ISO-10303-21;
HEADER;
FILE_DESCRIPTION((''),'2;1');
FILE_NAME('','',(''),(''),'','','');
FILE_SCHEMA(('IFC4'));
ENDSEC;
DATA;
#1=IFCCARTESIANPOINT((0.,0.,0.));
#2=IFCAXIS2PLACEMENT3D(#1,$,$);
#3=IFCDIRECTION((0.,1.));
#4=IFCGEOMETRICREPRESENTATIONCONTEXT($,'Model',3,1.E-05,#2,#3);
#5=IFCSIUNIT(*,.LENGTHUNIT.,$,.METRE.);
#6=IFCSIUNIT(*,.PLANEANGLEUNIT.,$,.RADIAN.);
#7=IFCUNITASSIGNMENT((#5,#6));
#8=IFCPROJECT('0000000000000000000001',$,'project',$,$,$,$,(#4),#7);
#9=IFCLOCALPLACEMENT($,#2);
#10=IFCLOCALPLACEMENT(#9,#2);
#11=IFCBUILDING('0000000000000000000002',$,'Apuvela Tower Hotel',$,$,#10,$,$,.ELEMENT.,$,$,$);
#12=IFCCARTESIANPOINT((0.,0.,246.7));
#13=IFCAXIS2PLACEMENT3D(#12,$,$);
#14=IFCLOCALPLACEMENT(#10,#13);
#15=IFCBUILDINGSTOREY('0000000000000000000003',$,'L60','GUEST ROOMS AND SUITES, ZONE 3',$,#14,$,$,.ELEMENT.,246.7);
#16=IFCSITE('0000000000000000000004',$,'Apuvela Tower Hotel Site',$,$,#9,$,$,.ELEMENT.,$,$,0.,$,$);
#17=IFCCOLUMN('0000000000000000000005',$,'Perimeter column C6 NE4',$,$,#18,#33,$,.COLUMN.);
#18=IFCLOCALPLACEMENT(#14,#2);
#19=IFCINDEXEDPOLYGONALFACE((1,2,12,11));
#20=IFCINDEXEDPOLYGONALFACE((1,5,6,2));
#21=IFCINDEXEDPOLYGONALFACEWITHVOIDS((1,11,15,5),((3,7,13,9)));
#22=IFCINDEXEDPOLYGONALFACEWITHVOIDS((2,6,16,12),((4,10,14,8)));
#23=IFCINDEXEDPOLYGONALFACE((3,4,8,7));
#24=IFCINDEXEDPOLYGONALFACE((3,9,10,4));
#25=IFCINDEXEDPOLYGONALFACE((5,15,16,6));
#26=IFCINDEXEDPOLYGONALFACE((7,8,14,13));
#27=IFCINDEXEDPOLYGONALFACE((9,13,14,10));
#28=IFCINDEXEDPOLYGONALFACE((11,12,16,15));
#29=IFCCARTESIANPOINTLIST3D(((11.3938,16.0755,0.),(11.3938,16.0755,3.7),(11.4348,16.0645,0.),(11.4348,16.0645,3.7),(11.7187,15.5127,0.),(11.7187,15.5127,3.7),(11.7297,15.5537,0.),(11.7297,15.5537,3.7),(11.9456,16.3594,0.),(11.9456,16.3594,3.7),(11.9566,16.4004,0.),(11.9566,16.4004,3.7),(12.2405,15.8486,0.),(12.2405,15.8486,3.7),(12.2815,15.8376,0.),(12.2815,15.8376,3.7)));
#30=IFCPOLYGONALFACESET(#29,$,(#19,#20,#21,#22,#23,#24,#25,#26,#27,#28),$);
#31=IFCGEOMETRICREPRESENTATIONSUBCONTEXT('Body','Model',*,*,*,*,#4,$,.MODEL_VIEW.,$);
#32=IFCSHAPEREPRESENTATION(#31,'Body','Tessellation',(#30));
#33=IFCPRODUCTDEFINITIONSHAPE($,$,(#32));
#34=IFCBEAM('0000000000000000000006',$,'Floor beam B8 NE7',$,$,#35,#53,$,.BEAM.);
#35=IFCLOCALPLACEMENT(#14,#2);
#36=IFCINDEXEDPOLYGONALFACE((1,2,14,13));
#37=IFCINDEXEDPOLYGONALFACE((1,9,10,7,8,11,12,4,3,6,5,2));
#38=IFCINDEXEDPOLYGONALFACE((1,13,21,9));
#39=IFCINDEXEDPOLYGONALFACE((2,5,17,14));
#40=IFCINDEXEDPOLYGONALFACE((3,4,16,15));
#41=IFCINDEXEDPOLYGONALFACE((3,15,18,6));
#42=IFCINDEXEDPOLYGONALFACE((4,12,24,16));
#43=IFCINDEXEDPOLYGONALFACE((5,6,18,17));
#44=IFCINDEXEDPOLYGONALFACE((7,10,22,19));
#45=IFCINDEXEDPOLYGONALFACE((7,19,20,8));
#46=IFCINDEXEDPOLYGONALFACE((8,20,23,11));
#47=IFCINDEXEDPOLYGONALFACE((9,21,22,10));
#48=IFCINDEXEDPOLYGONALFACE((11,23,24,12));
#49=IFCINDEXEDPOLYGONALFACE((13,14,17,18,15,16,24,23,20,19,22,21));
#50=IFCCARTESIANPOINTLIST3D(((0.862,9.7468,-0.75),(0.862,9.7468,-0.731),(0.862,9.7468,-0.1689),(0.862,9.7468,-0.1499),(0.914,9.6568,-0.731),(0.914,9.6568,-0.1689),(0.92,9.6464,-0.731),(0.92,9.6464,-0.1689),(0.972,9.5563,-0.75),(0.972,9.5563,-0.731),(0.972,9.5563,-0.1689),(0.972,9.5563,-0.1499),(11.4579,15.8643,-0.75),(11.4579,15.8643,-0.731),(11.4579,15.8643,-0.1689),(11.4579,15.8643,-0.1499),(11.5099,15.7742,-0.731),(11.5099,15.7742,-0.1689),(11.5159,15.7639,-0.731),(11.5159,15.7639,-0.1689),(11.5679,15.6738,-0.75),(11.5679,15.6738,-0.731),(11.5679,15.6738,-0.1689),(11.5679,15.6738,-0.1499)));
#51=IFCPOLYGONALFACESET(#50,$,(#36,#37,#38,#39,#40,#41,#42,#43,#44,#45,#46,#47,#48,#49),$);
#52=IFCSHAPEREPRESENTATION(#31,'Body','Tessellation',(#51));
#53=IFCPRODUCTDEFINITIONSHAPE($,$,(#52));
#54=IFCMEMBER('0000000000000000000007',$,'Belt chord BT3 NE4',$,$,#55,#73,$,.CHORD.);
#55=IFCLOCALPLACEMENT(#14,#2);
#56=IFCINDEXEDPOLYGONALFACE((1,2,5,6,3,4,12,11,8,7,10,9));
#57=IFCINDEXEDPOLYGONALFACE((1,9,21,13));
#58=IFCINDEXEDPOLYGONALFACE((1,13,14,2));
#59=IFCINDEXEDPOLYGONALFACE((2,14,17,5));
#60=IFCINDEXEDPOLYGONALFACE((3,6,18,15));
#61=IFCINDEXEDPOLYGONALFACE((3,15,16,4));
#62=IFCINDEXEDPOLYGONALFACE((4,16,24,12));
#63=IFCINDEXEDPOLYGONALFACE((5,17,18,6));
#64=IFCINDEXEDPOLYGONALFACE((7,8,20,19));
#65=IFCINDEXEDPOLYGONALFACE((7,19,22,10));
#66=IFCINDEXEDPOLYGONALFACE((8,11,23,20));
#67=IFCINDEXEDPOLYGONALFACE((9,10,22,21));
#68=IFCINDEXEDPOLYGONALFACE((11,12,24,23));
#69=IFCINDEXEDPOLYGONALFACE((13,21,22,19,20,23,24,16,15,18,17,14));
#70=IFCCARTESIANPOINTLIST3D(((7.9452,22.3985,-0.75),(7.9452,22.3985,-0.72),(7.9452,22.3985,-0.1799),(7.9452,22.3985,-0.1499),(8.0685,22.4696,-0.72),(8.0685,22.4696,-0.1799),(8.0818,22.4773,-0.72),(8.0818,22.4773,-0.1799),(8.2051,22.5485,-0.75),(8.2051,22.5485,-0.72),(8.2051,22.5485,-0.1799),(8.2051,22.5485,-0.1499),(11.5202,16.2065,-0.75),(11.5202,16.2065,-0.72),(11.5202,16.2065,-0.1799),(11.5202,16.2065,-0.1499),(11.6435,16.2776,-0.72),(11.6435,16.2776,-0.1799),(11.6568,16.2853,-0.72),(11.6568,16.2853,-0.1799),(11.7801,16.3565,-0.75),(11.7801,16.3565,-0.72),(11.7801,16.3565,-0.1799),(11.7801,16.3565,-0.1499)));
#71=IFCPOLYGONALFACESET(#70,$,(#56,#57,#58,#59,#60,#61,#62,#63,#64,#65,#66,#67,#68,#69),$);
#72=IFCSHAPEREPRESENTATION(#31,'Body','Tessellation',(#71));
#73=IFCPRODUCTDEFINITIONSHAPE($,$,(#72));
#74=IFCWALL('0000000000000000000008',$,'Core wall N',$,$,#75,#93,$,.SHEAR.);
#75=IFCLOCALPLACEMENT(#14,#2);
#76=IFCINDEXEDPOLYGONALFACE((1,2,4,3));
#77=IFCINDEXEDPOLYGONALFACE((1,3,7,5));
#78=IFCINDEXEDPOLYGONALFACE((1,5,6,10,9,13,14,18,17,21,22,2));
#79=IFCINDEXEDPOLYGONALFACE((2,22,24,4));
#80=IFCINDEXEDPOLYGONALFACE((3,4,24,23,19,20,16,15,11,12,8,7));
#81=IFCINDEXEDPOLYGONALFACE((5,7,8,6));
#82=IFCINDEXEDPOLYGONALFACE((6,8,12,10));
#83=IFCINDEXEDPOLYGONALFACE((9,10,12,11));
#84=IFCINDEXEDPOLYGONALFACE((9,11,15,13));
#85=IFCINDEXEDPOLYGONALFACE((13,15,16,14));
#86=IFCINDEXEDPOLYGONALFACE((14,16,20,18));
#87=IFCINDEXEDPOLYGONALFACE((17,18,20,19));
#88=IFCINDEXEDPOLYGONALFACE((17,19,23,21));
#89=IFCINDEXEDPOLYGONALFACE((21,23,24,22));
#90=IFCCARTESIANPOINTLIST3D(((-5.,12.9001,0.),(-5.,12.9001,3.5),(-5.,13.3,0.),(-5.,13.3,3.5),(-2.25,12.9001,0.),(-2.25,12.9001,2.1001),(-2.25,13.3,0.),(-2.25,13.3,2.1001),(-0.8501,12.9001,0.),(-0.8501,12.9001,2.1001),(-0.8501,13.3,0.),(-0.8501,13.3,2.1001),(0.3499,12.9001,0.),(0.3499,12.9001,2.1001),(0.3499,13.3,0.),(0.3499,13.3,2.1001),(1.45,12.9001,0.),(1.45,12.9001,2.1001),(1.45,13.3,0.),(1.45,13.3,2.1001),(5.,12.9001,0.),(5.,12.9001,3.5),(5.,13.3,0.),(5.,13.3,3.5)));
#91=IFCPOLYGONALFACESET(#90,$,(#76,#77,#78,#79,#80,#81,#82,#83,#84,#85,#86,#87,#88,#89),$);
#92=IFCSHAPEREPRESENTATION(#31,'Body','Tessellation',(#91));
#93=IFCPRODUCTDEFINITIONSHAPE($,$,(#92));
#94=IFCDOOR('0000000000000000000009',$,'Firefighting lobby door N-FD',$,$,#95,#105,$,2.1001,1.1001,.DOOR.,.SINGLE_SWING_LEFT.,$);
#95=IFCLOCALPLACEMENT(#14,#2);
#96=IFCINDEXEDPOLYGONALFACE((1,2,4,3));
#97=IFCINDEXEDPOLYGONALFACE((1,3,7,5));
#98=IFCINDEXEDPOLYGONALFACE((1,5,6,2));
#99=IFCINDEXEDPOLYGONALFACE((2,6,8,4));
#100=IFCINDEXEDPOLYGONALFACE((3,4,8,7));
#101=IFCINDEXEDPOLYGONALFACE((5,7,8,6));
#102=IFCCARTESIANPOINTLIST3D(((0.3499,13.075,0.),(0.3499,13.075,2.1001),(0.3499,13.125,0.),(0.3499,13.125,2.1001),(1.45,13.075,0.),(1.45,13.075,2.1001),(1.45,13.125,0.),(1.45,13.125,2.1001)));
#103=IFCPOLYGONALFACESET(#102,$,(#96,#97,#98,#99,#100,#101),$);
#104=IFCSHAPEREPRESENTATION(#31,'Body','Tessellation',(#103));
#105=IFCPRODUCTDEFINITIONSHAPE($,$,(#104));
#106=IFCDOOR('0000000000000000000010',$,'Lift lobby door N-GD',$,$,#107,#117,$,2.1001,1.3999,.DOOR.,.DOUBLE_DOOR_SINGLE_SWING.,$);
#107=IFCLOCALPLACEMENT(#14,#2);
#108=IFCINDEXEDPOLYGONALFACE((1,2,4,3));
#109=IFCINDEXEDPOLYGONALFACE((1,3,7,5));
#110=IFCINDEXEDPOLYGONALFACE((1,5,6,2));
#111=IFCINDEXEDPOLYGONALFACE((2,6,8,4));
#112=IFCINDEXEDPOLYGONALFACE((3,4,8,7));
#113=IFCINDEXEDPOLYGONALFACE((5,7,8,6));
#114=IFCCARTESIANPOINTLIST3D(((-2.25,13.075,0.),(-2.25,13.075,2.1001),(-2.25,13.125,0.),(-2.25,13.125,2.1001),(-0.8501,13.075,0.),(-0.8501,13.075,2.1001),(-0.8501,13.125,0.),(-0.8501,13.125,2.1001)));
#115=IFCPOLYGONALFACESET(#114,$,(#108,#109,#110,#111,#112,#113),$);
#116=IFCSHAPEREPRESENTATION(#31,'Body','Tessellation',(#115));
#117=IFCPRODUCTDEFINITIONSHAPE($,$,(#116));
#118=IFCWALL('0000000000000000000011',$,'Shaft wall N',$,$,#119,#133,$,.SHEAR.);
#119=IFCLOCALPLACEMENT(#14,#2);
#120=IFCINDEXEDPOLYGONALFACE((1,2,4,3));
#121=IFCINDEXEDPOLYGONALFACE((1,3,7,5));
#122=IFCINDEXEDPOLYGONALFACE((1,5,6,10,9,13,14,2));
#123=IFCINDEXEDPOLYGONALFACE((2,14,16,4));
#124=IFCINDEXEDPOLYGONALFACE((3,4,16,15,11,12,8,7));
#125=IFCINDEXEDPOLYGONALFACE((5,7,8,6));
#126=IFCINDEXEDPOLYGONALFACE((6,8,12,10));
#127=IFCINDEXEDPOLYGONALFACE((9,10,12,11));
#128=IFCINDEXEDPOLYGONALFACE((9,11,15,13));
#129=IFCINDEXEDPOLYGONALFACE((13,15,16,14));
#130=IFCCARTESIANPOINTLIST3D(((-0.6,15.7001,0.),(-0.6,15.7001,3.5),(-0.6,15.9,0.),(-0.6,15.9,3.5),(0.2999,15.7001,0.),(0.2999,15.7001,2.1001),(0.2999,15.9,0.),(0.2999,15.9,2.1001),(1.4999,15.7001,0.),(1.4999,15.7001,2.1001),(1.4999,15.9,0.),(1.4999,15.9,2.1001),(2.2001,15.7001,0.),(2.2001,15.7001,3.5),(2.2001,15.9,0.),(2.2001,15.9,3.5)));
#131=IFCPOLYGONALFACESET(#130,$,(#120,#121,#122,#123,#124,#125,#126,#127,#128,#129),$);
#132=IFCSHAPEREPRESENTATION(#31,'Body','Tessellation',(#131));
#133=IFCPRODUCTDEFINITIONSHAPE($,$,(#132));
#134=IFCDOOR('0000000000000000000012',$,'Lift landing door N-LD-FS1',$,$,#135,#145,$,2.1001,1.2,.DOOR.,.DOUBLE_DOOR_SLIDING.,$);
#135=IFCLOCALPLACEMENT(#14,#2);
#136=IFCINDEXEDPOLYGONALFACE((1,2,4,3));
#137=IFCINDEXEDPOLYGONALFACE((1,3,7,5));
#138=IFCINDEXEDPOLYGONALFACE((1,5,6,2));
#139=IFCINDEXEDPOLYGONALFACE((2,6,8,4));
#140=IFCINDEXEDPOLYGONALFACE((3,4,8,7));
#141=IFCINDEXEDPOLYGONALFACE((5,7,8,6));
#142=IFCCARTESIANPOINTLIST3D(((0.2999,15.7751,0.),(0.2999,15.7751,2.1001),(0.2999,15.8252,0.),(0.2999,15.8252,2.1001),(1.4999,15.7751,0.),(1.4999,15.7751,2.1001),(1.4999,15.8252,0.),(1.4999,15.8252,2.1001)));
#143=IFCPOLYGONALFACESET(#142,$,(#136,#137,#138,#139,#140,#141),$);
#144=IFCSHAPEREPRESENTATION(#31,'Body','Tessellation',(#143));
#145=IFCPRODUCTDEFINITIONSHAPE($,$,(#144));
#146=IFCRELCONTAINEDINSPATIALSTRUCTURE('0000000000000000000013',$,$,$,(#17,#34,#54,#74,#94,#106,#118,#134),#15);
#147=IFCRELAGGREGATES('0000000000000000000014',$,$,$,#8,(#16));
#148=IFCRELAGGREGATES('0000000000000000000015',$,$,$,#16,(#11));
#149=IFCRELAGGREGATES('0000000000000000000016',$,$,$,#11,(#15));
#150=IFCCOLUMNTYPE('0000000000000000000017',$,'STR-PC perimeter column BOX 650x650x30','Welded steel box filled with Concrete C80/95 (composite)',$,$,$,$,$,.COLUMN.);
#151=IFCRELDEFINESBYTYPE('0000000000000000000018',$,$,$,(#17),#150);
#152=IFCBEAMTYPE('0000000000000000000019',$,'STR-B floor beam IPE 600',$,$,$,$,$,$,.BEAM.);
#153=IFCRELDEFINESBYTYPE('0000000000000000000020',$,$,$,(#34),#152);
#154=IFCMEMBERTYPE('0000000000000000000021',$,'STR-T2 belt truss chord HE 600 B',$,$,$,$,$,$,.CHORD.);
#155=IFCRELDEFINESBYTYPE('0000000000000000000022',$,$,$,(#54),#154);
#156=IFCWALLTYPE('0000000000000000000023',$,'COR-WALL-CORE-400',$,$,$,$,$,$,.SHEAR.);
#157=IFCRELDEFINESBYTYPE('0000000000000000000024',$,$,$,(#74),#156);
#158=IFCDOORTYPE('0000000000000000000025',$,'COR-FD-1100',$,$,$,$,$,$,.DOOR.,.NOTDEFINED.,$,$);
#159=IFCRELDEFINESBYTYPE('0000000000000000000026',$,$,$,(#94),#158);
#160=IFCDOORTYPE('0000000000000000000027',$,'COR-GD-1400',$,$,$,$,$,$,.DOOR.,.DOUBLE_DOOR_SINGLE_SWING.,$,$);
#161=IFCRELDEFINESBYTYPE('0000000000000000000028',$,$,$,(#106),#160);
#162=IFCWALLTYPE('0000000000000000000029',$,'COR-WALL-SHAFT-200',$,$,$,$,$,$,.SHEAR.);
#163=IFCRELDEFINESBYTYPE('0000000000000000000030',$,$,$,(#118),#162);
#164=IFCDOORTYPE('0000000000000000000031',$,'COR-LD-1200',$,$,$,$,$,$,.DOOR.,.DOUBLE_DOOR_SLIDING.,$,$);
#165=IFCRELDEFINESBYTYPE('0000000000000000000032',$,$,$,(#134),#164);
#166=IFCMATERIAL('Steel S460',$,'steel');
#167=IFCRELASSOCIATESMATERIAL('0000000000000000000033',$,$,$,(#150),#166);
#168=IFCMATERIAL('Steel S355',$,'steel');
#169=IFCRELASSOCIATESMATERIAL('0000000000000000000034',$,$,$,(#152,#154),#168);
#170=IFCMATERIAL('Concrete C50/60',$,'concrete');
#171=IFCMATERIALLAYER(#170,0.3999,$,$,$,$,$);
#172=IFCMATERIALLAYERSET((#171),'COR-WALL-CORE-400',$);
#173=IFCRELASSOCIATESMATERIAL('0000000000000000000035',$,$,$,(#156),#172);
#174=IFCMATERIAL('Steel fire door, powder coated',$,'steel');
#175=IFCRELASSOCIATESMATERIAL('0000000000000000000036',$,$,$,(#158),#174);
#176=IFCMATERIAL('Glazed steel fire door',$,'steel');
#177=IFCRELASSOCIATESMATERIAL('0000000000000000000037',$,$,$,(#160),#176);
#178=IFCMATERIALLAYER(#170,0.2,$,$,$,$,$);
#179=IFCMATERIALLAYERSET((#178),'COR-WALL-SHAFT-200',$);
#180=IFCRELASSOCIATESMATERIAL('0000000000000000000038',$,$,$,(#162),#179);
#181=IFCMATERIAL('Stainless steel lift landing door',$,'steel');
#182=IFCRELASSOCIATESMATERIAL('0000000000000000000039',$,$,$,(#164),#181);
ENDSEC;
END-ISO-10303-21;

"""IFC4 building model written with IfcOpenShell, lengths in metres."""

from ifc_helpers import new_model, si_unit, direction, frame, frame_2d, origin, origin_2d, place, context, subcontext, project, spatial, rectangle, hollow_rectangle, i_section, extrude, material, layer, layer_set, material_profile, profile_set, type_object, element, fill, save


model = new_model("IFC4")

# Units and contexts
model_context = context("Model", 3, precision=1e-05, world=origin(), true_north=direction((0.0, 1.0)))
body_context = subcontext(model_context, "Body", "Model", "MODEL_VIEW")
ifc_project = project(units=[si_unit("LENGTHUNIT", "METRE"), si_unit("PLANEANGLEUNIT", "RADIAN")], contexts=[model_context])

# Site, building, storey
site_placement = place(None, origin())
site = spatial("IfcSite", under=ifc_project, at=site_placement, Name="Apuvela Tower Hotel Site", CompositionType="ELEMENT", RefElevation=0.0)
building_placement = place(site_placement, origin())
building = spatial("IfcBuilding", under=site, at=building_placement, Name="Apuvela Tower Hotel", CompositionType="ELEMENT")
storey_placement = place(building_placement, frame((0.0, 0.0, 246.7)))
storey = spatial("IfcBuildingStorey", under=building, at=storey_placement, Name="L60", Description="GUEST ROOMS AND SUITES, ZONE 3", CompositionType="ELEMENT", Elevation=246.7)

# Column
ifc_material_1 = material(Name="Steel S460", Category="steel")
ifc_material_profile_1 = material_profile(ifc_material_1, hollow_rectangle(XDim=0.6499, YDim=0.6499, WallThickness=0.03, at=origin_2d()), Name="BOX 650x650x30")
ifc_material_2 = material(Name="Concrete C80/95", Category="concrete")
ifc_material_profile_2 = material_profile(ifc_material_2, rectangle(XDim=0.5901, YDim=0.5901, at=origin_2d()), Name="Concrete C80/95 infill")
ifc_profile_set_1 = profile_set([ifc_material_profile_1, ifc_material_profile_2], Name="Steel S460")
column_type = type_object("IfcColumnType", Name="STR-PC perimeter column BOX 650x650x30", Description="Welded steel box filled with Concrete C80/95 (composite)", PredefinedType="COLUMN", material=ifc_profile_set_1)
column_placement = place(storey_placement, frame((11.8376, 15.9565, 0.0), z_axis=(0.0, 0.0, 1.0), x_axis=(-0.5, 0.866025, 0.0)))
element("IfcColumn", 1, at=column_placement, inside=storey, type_object=column_type, Name="Perimeter column C6 NE4", PredefinedType="COLUMN", context=body_context, shape_type="SweptSolid", body=[
    extrude(hollow_rectangle(XDim=0.6499, YDim=0.6499, WallThickness=0.03, at=origin_2d()), origin(), (0.0, 0.0, 1.0), 3.7),
])

# Beam
ifc_material_3 = material(Name="Steel S355", Category="steel")
ifc_material_profile_3 = material_profile(ifc_material_3, i_section(OverallWidth=0.22, OverallDepth=0.6001, WebThickness=0.012, FlangeThickness=0.019, at=origin_2d()), Name="IPE 600")
ifc_profile_set_2 = profile_set([ifc_material_profile_3], Name="Steel S355")
beam_type = type_object("IfcBeamType", Name="STR-B floor beam IPE 600", PredefinedType="BEAM", material=ifc_profile_set_2)
beam_placement = place(storey_placement, frame((11.5129, 15.769, -0.45), z_axis=(-0.86603, -0.499991, 0.0), x_axis=(0.499991, -0.86603, 0.0)))
element("IfcBeam", 2, at=beam_placement, inside=storey, type_object=beam_type, Name="Floor beam B8 NE7", PredefinedType="BEAM", context=body_context, shape_type="SweptSolid", body=[
    extrude(i_section(OverallWidth=0.22, OverallDepth=0.6001, WebThickness=0.012, FlangeThickness=0.019, at=origin_2d()), origin(), (0.0, 0.0, 1.0), 12.2351),
])

# Member
ifc_material_profile_4 = material_profile(ifc_material_3, i_section(OverallWidth=0.3, OverallDepth=0.6001, WebThickness=0.0154, FlangeThickness=0.03, at=origin_2d()), Name="HE 600 B")
ifc_profile_set_3 = profile_set([ifc_material_profile_4], Name="Steel S355")
member_type = type_object("IfcMemberType", Name="STR-T2 belt truss chord HE 600 B", PredefinedType="CHORD", material=ifc_profile_set_3)
member_placement = place(storey_placement, frame((11.6501, 16.2815, -0.45), z_axis=(-0.500006, 0.866022, 0.0), x_axis=(-0.866022, -0.500006, 0.0)))
element("IfcMember", 3, at=member_placement, inside=storey, type_object=member_type, Name="Belt chord BT3 NE4", PredefinedType="CHORD", context=body_context, shape_type="SweptSolid", body=[
    extrude(i_section(OverallWidth=0.3, OverallDepth=0.6001, WebThickness=0.0154, FlangeThickness=0.03, at=origin_2d()), origin(), (0.0, 0.0, 1.0), 7.1499),
])

# Wall, openings, doors
ifc_material_4 = material(Name="Concrete C50/60", Category="concrete")
ifc_layer_1 = layer(ifc_material_4, 0.3999)
ifc_layer_set_1 = layer_set([ifc_layer_1], Name="COR-WALL-CORE-400")
wall_type_1 = type_object("IfcWallType", Name="COR-WALL-CORE-400", PredefinedType="SHEAR", material=ifc_layer_set_1)
wall_1_placement = place(storey_placement, frame((5.0, 13.1001, 0.0), z_axis=(0.0, 0.0, 1.0), x_axis=(-1.0, 0.0, 0.0)))
wall_1 = element("IfcWall", 4, at=wall_1_placement, inside=storey, type_object=wall_type_1, Name="Core wall N", PredefinedType="SHEAR", context=body_context, shape_type="SweptSolid", body=[
    extrude(rectangle(XDim=10.0, YDim=0.3999, at=frame_2d((5.0, 0.0))), origin(), (0.0, 0.0, 1.0), 3.5),
])
opening_1_placement = place(wall_1_placement, frame((3.55, 0.0, 0.0)))
opening_1 = element("IfcOpeningElement", 5, at=opening_1_placement, cuts=wall_1, PredefinedType="OPENING", context=body_context, shape_type="SweptSolid", body=[
    extrude(rectangle(XDim=1.1001, YDim=2.1001, at=frame_2d((0.55, 1.05))), frame((0.0, 0.21, 0.0), z_axis=(0.0, -1.0, 0.0), x_axis=(1.0, 0.0, 0.0)), (0.0, 0.0, 1.0), 0.4199),
])
opening_2_placement = place(wall_1_placement, frame((5.8501, 0.0, 0.0)))
opening_2 = element("IfcOpeningElement", 6, at=opening_2_placement, cuts=wall_1, PredefinedType="OPENING", context=body_context, shape_type="SweptSolid", body=[
    extrude(rectangle(XDim=1.3999, YDim=2.1001, at=frame_2d((0.7, 1.05))), frame((0.0, 0.21, 0.0), z_axis=(0.0, -1.0, 0.0), x_axis=(1.0, 0.0, 0.0)), (0.0, 0.0, 1.0), 0.4199),
])
ifc_material_5 = material(Name="Steel fire door, powder coated", Category="steel")
door_type_1 = type_object("IfcDoorType", Name="COR-FD-1100", OperationType="NOTDEFINED", PredefinedType="DOOR", material=ifc_material_5)
door_1_placement = place(opening_1_placement, frame((1.1001, 0.0, 0.0), z_axis=(0.0, 0.0, 1.0), x_axis=(-1.0, 0.0, 0.0)))
door_1 = element("IfcDoor", 7, at=door_1_placement, inside=storey, type_object=door_type_1, Name="Firefighting lobby door N-FD", OperationType="SINGLE_SWING_LEFT", OverallHeight=2.1001, OverallWidth=1.1001, PredefinedType="DOOR", context=body_context, shape_type="SweptSolid", body=[
    extrude(rectangle(XDim=1.1001, YDim=2.1001, at=frame_2d((0.55, 1.05))), frame((0.0, 0.0249, 0.0), z_axis=(0.0, -1.0, 0.0), x_axis=(1.0, 0.0, 0.0)), (0.0, 0.0, 1.0), 0.05),
])
fill(opening_1, door_1)
ifc_material_6 = material(Name="Glazed steel fire door", Category="steel")
door_type_2 = type_object("IfcDoorType", Name="COR-GD-1400", OperationType="DOUBLE_DOOR_SINGLE_SWING", PredefinedType="DOOR", material=ifc_material_6)
door_2_placement = place(opening_2_placement, frame((1.3999, 0.0, 0.0), z_axis=(0.0, 0.0, 1.0), x_axis=(-1.0, 0.0, 0.0)))
door_2 = element("IfcDoor", 8, at=door_2_placement, inside=storey, type_object=door_type_2, Name="Lift lobby door N-GD", OperationType="DOUBLE_DOOR_SINGLE_SWING", OverallHeight=2.1001, OverallWidth=1.3999, PredefinedType="DOOR", context=body_context, shape_type="SweptSolid", body=[
    extrude(rectangle(XDim=1.3999, YDim=2.1001, at=frame_2d((0.7, 1.05))), frame((0.0, 0.0249, 0.0), z_axis=(0.0, -1.0, 0.0), x_axis=(1.0, 0.0, 0.0)), (0.0, 0.0, 1.0), 0.05),
])
fill(opening_2, door_2)

# Wall, opening, door
ifc_layer_2 = layer(ifc_material_4, 0.2)
ifc_layer_set_2 = layer_set([ifc_layer_2], Name="COR-WALL-SHAFT-200")
wall_type_2 = type_object("IfcWallType", Name="COR-WALL-SHAFT-200", PredefinedType="SHEAR", material=ifc_layer_set_2)
wall_2_placement = place(storey_placement, frame((2.2, 15.8, 0.0), z_axis=(0.0, 0.0, 1.0), x_axis=(-1.0, 0.0, 0.0)))
wall_2 = element("IfcWall", 9, at=wall_2_placement, inside=storey, type_object=wall_type_2, Name="Shaft wall N", PredefinedType="SHEAR", context=body_context, shape_type="SweptSolid", body=[
    extrude(rectangle(XDim=2.8, YDim=0.2, at=frame_2d((1.3999, 0.0))), origin(), (0.0, 0.0, 1.0), 3.5),
])
opening_3_placement = place(wall_2_placement, frame((0.7, 0.0, 0.0)))
opening_3 = element("IfcOpeningElement", 10, at=opening_3_placement, cuts=wall_2, PredefinedType="OPENING", context=body_context, shape_type="SweptSolid", body=[
    extrude(rectangle(XDim=1.2, YDim=2.1001, at=frame_2d((0.6001, 1.05))), frame((0.0, 0.1099, 0.0), z_axis=(0.0, -1.0, 0.0), x_axis=(1.0, 0.0, 0.0)), (0.0, 0.0, 1.0), 0.22),
])
ifc_material_7 = material(Name="Stainless steel lift landing door", Category="steel")
door_type_3 = type_object("IfcDoorType", Name="COR-LD-1200", OperationType="DOUBLE_DOOR_SLIDING", PredefinedType="DOOR", material=ifc_material_7)
door_3_placement = place(opening_3_placement, origin())
door_3 = element("IfcDoor", 11, at=door_3_placement, inside=storey, type_object=door_type_3, Name="Lift landing door N-LD-FS1", OperationType="DOUBLE_DOOR_SLIDING", OverallHeight=2.1001, OverallWidth=1.2, PredefinedType="DOOR", context=body_context, shape_type="SweptSolid", body=[
    extrude(rectangle(XDim=1.2, YDim=2.1001, at=frame_2d((0.6001, 1.05))), frame((0.0, 0.0249, 0.0), z_axis=(0.0, -1.0, 0.0), x_axis=(1.0, 0.0, 0.0)), (0.0, 0.0, 1.0), 0.05),
])
fill(opening_3, door_3)

save(model, "model.ifc")
